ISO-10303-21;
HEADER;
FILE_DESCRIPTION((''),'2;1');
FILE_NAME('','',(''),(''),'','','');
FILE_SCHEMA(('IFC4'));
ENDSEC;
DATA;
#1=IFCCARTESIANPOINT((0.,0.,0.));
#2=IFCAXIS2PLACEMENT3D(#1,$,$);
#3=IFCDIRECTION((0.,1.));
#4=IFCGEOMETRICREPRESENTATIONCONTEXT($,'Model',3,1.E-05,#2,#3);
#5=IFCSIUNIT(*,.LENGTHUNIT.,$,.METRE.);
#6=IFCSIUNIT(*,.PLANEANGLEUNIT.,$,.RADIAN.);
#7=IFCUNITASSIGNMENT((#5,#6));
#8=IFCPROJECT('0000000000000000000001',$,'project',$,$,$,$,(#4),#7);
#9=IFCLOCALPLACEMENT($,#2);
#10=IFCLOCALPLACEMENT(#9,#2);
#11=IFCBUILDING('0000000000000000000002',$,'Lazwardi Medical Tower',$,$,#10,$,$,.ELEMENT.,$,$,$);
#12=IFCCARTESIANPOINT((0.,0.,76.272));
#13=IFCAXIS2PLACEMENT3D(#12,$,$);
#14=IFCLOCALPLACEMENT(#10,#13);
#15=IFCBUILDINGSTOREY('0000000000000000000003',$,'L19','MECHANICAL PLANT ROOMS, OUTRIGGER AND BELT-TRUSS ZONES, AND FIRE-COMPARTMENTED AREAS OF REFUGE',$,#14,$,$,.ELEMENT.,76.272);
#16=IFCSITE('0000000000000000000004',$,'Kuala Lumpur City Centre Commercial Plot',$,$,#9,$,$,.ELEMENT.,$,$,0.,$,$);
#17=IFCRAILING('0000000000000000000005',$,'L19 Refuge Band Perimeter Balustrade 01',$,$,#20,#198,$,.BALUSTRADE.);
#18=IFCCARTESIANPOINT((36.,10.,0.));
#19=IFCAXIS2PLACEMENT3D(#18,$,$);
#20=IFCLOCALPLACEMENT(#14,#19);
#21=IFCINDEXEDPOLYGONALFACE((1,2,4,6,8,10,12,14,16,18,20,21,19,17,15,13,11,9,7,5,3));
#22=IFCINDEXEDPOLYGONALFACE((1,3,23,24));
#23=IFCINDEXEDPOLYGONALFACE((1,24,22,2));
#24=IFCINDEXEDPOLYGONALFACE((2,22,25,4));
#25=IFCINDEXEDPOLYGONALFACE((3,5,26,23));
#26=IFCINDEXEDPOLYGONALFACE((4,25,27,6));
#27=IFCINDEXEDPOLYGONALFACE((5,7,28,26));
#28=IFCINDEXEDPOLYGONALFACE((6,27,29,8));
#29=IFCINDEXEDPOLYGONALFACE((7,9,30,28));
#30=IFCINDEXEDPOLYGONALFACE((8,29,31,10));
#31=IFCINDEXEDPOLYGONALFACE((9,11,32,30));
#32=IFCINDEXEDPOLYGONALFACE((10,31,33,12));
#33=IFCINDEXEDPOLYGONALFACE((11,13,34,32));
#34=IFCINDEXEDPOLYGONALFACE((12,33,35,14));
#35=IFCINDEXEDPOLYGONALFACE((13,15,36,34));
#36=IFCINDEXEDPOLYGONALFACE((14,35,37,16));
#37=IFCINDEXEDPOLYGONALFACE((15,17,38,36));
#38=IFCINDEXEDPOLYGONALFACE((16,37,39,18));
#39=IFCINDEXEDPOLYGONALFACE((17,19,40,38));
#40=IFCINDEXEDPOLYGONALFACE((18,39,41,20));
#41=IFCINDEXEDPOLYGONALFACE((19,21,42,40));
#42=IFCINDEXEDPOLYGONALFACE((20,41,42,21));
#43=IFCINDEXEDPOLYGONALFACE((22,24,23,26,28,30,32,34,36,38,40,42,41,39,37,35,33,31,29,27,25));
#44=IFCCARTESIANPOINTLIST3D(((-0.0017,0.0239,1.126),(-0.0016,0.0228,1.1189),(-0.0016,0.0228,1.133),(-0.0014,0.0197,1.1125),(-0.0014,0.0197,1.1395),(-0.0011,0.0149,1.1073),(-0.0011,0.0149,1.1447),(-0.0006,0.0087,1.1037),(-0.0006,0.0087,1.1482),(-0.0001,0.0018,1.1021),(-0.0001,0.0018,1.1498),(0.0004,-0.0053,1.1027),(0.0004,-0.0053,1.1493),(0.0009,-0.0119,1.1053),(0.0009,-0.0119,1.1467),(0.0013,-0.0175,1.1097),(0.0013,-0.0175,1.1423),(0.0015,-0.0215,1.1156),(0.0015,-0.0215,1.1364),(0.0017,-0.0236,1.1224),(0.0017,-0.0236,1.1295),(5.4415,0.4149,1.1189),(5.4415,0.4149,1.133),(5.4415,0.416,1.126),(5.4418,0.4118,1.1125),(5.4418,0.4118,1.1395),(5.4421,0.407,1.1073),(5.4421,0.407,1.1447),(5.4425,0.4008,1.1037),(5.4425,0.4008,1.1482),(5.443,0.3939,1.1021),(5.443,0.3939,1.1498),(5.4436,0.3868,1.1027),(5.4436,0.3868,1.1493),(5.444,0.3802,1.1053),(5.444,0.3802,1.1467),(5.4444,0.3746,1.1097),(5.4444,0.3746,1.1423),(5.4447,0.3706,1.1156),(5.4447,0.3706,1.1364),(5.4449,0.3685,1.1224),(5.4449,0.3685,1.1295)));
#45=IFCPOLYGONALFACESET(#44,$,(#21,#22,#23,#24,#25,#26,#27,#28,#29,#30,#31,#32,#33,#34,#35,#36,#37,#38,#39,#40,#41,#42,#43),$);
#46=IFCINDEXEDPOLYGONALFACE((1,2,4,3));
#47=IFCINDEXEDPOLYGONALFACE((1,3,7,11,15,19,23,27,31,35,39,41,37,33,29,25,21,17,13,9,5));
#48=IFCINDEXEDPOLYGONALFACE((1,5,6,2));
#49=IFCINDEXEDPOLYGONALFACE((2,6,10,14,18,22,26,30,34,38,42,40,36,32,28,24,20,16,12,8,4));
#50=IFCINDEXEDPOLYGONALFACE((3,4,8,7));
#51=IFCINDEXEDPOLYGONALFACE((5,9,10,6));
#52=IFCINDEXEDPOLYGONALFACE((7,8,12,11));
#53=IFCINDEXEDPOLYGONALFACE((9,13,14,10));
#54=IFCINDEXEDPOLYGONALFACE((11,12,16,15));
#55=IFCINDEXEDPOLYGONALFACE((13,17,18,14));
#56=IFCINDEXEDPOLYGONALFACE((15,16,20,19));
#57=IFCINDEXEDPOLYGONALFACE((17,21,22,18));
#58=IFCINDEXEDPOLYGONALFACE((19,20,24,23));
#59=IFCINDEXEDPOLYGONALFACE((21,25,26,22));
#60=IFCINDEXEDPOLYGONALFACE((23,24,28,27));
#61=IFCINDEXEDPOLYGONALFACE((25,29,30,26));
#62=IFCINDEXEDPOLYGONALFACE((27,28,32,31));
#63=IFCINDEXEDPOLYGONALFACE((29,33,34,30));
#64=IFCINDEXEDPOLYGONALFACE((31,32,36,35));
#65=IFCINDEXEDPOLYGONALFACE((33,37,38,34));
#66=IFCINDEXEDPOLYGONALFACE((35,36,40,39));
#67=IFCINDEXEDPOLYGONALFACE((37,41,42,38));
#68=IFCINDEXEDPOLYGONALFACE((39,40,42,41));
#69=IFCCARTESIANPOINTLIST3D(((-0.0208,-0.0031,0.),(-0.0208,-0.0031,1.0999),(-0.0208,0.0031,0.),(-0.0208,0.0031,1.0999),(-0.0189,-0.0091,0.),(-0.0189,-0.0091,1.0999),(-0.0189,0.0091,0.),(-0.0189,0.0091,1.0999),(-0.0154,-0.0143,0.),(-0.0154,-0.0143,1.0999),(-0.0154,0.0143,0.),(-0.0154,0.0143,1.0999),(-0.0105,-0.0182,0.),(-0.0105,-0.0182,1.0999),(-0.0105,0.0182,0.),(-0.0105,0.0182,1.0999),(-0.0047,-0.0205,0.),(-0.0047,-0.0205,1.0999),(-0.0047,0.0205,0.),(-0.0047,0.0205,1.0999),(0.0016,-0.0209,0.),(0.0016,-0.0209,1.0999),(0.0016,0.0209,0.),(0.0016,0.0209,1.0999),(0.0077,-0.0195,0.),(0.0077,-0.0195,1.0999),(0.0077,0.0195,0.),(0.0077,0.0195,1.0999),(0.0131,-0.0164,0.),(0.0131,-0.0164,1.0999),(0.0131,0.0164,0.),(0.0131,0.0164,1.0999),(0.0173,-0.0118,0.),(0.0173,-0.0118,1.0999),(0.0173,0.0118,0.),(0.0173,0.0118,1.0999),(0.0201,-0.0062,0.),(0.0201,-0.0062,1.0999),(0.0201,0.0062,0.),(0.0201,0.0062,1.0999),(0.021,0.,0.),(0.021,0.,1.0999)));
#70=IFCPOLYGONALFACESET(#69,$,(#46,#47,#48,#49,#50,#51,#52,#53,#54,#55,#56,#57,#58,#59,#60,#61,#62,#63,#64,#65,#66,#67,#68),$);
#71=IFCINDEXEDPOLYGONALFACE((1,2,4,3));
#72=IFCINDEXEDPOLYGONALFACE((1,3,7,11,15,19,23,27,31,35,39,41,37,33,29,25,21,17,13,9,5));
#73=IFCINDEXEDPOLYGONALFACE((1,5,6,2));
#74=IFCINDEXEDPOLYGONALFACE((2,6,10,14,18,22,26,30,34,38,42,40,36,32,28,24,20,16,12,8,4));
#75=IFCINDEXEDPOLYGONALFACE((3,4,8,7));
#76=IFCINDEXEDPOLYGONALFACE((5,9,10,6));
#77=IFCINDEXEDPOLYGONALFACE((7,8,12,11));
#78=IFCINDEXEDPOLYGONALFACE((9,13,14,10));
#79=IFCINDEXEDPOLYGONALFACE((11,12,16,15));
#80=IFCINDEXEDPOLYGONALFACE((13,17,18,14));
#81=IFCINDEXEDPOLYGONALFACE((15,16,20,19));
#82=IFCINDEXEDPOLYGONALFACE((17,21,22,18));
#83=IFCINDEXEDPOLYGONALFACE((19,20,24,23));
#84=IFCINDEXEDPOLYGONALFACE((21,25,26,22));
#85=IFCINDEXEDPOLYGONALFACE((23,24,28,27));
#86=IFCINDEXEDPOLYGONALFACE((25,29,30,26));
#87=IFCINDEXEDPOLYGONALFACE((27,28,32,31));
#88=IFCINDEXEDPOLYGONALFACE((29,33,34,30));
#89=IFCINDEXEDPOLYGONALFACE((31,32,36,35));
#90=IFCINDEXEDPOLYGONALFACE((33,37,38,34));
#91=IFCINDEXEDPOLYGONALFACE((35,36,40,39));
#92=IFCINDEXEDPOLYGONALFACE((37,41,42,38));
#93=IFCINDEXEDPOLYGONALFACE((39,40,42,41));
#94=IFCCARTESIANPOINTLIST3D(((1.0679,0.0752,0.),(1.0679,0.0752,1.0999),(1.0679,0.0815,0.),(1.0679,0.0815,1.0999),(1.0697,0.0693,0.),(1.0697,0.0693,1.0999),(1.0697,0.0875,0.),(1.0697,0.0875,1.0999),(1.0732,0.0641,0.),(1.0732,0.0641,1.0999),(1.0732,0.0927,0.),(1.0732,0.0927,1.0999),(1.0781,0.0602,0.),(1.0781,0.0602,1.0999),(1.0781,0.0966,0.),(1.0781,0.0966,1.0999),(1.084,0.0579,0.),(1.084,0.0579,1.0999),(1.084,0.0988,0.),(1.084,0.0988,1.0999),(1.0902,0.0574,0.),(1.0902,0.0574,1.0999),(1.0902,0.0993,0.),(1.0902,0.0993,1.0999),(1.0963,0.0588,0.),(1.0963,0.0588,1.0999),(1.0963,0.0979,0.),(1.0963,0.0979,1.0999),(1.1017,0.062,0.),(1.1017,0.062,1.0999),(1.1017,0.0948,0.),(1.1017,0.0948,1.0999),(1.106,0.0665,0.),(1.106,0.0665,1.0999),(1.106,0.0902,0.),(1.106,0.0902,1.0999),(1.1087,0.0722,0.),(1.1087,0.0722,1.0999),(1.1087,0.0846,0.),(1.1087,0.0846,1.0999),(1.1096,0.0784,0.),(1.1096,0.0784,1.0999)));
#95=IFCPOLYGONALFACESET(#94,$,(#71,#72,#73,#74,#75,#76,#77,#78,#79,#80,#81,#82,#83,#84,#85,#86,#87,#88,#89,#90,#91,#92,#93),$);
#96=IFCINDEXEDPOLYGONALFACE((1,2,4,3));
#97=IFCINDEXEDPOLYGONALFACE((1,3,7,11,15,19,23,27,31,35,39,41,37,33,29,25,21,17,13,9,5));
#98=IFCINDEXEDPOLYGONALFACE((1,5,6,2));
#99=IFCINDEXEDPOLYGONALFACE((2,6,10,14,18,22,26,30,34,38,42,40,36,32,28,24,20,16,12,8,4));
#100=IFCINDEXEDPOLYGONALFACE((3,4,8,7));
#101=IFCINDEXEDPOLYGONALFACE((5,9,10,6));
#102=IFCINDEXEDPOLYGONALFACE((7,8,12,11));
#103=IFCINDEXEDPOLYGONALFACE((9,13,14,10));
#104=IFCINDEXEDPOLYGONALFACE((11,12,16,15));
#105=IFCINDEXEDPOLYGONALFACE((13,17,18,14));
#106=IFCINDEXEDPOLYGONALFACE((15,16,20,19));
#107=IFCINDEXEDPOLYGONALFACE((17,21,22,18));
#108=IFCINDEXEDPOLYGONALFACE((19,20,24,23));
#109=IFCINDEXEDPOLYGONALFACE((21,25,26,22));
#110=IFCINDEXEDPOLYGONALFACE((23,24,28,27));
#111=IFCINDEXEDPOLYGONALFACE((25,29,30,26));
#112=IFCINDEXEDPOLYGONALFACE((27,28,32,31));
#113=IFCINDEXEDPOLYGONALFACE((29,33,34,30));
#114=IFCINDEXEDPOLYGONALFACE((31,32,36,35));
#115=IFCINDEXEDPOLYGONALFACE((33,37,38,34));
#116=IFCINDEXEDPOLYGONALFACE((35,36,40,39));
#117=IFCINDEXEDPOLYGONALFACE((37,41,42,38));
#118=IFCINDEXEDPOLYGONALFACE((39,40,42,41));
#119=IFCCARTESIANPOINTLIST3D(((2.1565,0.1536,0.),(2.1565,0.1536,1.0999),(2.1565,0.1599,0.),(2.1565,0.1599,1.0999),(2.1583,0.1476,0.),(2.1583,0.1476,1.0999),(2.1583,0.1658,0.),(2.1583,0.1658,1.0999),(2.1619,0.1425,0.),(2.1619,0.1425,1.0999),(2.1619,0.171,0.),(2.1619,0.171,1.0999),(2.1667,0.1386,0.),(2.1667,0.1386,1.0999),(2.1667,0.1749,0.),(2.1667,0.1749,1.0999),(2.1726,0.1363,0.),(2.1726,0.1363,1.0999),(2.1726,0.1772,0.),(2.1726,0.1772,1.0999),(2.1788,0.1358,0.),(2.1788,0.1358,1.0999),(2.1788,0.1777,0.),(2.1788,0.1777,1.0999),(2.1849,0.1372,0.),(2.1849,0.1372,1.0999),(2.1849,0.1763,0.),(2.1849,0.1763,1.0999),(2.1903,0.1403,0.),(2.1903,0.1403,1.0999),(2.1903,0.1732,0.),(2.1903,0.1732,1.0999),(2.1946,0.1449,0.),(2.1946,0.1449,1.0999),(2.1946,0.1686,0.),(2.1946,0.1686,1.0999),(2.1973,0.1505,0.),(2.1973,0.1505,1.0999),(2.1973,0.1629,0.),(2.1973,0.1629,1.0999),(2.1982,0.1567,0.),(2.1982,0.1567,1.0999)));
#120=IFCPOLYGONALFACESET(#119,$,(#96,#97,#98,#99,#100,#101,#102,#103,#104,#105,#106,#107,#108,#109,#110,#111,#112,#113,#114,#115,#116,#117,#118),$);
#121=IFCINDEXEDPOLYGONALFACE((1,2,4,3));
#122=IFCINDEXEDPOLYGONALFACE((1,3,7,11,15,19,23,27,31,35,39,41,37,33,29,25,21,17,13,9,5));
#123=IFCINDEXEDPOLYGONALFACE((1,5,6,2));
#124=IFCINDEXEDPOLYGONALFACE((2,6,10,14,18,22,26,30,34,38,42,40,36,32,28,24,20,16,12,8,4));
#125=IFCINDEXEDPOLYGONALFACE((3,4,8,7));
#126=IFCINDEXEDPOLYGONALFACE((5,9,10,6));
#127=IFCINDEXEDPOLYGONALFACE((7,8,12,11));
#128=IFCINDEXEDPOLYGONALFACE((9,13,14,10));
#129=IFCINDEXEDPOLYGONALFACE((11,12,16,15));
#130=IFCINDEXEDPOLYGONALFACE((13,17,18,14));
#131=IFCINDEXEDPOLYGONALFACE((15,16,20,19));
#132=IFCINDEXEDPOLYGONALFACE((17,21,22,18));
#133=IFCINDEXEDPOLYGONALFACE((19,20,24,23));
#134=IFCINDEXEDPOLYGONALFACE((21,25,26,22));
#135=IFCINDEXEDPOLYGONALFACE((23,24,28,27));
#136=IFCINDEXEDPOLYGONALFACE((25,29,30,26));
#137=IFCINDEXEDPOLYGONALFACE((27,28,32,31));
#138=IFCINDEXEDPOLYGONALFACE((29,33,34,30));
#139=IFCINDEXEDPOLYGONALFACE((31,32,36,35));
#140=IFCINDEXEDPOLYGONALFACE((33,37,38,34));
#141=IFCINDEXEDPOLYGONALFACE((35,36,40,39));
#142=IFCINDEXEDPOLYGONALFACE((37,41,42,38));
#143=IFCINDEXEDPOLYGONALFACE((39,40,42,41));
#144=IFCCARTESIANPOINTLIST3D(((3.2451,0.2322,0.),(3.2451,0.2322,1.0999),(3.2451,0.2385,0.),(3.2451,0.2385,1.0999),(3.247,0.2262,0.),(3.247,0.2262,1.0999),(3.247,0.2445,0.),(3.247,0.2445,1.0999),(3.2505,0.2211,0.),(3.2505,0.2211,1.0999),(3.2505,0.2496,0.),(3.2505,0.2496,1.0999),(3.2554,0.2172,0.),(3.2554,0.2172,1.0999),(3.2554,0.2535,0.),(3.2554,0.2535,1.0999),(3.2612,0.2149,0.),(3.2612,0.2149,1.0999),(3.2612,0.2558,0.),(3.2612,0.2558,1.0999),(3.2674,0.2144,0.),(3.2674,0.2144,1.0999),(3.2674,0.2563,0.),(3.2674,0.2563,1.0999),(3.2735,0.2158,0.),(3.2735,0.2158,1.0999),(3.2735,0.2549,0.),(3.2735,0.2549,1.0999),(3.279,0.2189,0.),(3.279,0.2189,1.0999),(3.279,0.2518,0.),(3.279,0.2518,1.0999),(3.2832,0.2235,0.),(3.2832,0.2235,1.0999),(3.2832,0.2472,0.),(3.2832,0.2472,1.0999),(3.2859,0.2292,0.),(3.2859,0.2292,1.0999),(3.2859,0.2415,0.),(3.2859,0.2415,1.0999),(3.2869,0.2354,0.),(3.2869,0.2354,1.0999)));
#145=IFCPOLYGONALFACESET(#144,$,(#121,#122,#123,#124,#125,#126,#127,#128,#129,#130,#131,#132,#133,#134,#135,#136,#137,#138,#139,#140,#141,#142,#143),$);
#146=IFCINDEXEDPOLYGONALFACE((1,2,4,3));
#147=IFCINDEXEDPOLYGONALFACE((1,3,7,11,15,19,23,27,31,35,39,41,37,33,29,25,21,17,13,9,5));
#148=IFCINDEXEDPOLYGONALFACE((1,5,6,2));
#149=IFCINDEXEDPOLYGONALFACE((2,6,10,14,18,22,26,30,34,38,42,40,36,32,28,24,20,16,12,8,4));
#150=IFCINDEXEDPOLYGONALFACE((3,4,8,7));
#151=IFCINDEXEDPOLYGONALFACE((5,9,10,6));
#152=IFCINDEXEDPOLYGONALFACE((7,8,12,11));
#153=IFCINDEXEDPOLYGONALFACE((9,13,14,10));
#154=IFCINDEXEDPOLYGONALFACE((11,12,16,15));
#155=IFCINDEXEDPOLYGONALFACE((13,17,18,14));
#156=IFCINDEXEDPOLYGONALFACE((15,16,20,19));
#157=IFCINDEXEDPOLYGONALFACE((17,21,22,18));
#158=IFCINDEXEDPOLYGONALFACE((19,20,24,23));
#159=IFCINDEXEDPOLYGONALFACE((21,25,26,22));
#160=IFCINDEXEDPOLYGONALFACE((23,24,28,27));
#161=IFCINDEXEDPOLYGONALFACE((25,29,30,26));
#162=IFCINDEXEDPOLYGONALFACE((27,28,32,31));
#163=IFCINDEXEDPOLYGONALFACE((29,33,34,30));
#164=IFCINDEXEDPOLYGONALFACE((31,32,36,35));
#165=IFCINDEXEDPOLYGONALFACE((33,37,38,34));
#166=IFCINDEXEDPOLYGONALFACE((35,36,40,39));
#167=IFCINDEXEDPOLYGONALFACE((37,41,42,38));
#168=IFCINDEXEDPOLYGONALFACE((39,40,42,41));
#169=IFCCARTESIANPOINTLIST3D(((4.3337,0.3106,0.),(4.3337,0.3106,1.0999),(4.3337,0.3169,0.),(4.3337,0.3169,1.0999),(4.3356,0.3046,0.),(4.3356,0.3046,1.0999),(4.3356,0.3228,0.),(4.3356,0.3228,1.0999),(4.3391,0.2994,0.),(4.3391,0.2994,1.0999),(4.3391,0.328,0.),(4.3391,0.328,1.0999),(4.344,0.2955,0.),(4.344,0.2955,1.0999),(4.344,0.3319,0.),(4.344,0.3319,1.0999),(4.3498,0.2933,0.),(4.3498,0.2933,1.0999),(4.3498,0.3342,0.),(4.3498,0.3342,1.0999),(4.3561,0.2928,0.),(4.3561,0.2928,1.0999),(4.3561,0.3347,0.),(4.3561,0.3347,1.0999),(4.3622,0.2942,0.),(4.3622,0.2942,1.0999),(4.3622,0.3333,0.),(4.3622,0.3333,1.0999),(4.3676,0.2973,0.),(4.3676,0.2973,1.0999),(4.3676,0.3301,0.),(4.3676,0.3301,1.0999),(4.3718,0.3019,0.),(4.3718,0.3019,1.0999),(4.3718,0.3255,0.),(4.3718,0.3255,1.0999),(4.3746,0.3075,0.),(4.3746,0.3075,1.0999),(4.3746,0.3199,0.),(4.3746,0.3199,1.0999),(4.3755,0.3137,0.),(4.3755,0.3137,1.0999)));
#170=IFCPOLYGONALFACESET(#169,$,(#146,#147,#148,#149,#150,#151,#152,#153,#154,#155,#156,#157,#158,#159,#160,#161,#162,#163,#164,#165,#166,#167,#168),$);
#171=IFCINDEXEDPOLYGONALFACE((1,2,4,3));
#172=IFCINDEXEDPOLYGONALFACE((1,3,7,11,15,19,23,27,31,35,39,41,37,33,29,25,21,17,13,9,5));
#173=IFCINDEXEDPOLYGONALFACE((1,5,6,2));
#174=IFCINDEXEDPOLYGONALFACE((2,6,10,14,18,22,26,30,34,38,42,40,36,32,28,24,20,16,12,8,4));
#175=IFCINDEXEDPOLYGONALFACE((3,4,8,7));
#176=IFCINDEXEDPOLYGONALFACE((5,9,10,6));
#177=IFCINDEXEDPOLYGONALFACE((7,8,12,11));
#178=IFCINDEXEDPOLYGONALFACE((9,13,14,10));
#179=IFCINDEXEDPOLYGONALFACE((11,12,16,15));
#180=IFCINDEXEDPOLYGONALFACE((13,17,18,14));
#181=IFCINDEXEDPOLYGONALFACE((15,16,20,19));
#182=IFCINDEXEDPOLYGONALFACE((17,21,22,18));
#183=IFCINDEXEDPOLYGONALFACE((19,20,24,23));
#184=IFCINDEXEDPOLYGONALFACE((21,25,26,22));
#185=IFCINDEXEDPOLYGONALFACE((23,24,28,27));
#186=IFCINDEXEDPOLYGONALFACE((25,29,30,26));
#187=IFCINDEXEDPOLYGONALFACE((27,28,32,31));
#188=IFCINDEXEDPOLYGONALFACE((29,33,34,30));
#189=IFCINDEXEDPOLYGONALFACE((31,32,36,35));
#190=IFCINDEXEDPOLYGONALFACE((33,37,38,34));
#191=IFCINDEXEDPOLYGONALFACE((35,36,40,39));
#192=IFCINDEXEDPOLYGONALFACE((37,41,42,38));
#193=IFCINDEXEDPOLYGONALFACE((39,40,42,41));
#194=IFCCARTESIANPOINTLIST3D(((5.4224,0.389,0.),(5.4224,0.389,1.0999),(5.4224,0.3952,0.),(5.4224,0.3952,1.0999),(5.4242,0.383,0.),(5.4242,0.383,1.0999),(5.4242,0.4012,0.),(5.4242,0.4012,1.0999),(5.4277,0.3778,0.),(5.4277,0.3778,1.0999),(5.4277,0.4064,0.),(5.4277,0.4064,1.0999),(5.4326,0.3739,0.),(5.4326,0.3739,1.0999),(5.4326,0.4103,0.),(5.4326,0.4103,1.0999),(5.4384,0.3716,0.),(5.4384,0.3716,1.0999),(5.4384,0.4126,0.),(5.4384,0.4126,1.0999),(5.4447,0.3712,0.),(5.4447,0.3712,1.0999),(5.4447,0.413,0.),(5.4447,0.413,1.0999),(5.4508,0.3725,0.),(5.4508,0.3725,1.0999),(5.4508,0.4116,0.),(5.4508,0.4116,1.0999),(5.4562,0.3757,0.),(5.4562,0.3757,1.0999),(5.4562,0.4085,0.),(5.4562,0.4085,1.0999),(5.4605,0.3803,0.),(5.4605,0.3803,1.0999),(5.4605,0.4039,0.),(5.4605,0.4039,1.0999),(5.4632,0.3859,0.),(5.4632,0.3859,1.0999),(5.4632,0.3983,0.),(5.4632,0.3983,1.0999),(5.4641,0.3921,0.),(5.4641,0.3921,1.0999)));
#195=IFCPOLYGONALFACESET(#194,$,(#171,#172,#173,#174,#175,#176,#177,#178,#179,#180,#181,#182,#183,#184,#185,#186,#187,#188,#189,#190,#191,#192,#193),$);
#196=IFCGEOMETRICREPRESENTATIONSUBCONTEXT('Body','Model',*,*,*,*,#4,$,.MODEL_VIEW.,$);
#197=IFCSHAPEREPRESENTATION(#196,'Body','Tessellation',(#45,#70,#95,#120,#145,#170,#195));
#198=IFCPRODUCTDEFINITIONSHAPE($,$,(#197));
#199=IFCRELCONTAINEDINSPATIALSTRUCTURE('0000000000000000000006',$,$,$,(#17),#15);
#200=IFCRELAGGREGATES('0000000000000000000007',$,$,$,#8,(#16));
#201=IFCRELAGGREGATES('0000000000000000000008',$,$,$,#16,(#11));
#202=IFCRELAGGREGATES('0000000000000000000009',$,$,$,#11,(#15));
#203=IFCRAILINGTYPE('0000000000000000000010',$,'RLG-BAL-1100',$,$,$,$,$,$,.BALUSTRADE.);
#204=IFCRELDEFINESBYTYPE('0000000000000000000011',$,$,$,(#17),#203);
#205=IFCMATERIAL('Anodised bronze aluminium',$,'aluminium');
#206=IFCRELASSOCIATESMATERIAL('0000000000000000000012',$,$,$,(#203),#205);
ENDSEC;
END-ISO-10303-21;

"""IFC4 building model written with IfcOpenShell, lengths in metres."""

from ifc_helpers import new_model, si_unit, direction, frame, origin, origin_2d, place, context, subcontext, project, spatial, circle, extrude, material, type_object, element, save


model = new_model("IFC4")

# Units and contexts
model_context = context("Model", 3, precision=1e-05, world=origin(), true_north=direction((0.0, 1.0)))
body_context = subcontext(model_context, "Body", "Model", "MODEL_VIEW")
ifc_project = project(units=[si_unit("LENGTHUNIT", "METRE"), si_unit("PLANEANGLEUNIT", "RADIAN")], contexts=[model_context])

# Site, building, storey
site_placement = place(None, origin())
site = spatial("IfcSite", under=ifc_project, at=site_placement, Name="Kuala Lumpur City Centre Commercial Plot", CompositionType="ELEMENT", RefElevation=0.0)
building_placement = place(site_placement, origin())
building = spatial("IfcBuilding", under=site, at=building_placement, Name="Lazwardi Medical Tower", CompositionType="ELEMENT")
storey_placement = place(building_placement, frame((0.0, 0.0, 76.272)))
storey = spatial("IfcBuildingStorey", under=building, at=storey_placement, Name="L19", Description="MECHANICAL PLANT ROOMS, OUTRIGGER AND BELT-TRUSS ZONES, AND FIRE-COMPARTMENTED AREAS OF REFUGE", CompositionType="ELEMENT", Elevation=76.272)

# Railing
ifc_material_1 = material(Name="Anodised bronze aluminium", Category="aluminium")
railing_type = type_object("IfcRailingType", Name="RLG-BAL-1100", PredefinedType="BALUSTRADE", material=ifc_material_1)
railing_1_placement = place(storey_placement, frame((36.0, 10.0, 0.0)))
element("IfcRailing", 1, at=railing_1_placement, inside=storey, type_object=railing_type, Name="L19 Refuge Band Perimeter Balustrade 01", PredefinedType="BALUSTRADE", context=body_context, shape_type="SweptSolid", body=[
    extrude(circle(Radius=0.0239, at=origin_2d()), frame((0.0, 0.0, 1.126), z_axis=(0.997416, 0.071848, 0.0), x_axis=(-0.071848, 0.997416, 0.0)), (0.0, 0.0, 1.0), 5.4573),
    extrude(circle(Radius=0.021, at=origin_2d()), origin(), (0.0, 0.0, 1.0), 1.0999),
    extrude(circle(Radius=0.021, at=origin_2d()), frame((1.0886, 0.0784, 0.0)), (0.0, 0.0, 1.0), 1.0999),
    extrude(circle(Radius=0.021, at=origin_2d()), frame((2.1772, 0.1567, 0.0)), (0.0, 0.0, 1.0), 1.0999),
    extrude(circle(Radius=0.021, at=origin_2d()), frame((3.2659, 0.2354, 0.0)), (0.0, 0.0, 1.0), 1.0999),
    extrude(circle(Radius=0.021, at=origin_2d()), frame((4.3545, 0.3137, 0.0)), (0.0, 0.0, 1.0), 1.0999),
    extrude(circle(Radius=0.021, at=origin_2d()), frame((5.4431, 0.3921, 0.0)), (0.0, 0.0, 1.0), 1.0999),
])

save(model, "model.ifc")
